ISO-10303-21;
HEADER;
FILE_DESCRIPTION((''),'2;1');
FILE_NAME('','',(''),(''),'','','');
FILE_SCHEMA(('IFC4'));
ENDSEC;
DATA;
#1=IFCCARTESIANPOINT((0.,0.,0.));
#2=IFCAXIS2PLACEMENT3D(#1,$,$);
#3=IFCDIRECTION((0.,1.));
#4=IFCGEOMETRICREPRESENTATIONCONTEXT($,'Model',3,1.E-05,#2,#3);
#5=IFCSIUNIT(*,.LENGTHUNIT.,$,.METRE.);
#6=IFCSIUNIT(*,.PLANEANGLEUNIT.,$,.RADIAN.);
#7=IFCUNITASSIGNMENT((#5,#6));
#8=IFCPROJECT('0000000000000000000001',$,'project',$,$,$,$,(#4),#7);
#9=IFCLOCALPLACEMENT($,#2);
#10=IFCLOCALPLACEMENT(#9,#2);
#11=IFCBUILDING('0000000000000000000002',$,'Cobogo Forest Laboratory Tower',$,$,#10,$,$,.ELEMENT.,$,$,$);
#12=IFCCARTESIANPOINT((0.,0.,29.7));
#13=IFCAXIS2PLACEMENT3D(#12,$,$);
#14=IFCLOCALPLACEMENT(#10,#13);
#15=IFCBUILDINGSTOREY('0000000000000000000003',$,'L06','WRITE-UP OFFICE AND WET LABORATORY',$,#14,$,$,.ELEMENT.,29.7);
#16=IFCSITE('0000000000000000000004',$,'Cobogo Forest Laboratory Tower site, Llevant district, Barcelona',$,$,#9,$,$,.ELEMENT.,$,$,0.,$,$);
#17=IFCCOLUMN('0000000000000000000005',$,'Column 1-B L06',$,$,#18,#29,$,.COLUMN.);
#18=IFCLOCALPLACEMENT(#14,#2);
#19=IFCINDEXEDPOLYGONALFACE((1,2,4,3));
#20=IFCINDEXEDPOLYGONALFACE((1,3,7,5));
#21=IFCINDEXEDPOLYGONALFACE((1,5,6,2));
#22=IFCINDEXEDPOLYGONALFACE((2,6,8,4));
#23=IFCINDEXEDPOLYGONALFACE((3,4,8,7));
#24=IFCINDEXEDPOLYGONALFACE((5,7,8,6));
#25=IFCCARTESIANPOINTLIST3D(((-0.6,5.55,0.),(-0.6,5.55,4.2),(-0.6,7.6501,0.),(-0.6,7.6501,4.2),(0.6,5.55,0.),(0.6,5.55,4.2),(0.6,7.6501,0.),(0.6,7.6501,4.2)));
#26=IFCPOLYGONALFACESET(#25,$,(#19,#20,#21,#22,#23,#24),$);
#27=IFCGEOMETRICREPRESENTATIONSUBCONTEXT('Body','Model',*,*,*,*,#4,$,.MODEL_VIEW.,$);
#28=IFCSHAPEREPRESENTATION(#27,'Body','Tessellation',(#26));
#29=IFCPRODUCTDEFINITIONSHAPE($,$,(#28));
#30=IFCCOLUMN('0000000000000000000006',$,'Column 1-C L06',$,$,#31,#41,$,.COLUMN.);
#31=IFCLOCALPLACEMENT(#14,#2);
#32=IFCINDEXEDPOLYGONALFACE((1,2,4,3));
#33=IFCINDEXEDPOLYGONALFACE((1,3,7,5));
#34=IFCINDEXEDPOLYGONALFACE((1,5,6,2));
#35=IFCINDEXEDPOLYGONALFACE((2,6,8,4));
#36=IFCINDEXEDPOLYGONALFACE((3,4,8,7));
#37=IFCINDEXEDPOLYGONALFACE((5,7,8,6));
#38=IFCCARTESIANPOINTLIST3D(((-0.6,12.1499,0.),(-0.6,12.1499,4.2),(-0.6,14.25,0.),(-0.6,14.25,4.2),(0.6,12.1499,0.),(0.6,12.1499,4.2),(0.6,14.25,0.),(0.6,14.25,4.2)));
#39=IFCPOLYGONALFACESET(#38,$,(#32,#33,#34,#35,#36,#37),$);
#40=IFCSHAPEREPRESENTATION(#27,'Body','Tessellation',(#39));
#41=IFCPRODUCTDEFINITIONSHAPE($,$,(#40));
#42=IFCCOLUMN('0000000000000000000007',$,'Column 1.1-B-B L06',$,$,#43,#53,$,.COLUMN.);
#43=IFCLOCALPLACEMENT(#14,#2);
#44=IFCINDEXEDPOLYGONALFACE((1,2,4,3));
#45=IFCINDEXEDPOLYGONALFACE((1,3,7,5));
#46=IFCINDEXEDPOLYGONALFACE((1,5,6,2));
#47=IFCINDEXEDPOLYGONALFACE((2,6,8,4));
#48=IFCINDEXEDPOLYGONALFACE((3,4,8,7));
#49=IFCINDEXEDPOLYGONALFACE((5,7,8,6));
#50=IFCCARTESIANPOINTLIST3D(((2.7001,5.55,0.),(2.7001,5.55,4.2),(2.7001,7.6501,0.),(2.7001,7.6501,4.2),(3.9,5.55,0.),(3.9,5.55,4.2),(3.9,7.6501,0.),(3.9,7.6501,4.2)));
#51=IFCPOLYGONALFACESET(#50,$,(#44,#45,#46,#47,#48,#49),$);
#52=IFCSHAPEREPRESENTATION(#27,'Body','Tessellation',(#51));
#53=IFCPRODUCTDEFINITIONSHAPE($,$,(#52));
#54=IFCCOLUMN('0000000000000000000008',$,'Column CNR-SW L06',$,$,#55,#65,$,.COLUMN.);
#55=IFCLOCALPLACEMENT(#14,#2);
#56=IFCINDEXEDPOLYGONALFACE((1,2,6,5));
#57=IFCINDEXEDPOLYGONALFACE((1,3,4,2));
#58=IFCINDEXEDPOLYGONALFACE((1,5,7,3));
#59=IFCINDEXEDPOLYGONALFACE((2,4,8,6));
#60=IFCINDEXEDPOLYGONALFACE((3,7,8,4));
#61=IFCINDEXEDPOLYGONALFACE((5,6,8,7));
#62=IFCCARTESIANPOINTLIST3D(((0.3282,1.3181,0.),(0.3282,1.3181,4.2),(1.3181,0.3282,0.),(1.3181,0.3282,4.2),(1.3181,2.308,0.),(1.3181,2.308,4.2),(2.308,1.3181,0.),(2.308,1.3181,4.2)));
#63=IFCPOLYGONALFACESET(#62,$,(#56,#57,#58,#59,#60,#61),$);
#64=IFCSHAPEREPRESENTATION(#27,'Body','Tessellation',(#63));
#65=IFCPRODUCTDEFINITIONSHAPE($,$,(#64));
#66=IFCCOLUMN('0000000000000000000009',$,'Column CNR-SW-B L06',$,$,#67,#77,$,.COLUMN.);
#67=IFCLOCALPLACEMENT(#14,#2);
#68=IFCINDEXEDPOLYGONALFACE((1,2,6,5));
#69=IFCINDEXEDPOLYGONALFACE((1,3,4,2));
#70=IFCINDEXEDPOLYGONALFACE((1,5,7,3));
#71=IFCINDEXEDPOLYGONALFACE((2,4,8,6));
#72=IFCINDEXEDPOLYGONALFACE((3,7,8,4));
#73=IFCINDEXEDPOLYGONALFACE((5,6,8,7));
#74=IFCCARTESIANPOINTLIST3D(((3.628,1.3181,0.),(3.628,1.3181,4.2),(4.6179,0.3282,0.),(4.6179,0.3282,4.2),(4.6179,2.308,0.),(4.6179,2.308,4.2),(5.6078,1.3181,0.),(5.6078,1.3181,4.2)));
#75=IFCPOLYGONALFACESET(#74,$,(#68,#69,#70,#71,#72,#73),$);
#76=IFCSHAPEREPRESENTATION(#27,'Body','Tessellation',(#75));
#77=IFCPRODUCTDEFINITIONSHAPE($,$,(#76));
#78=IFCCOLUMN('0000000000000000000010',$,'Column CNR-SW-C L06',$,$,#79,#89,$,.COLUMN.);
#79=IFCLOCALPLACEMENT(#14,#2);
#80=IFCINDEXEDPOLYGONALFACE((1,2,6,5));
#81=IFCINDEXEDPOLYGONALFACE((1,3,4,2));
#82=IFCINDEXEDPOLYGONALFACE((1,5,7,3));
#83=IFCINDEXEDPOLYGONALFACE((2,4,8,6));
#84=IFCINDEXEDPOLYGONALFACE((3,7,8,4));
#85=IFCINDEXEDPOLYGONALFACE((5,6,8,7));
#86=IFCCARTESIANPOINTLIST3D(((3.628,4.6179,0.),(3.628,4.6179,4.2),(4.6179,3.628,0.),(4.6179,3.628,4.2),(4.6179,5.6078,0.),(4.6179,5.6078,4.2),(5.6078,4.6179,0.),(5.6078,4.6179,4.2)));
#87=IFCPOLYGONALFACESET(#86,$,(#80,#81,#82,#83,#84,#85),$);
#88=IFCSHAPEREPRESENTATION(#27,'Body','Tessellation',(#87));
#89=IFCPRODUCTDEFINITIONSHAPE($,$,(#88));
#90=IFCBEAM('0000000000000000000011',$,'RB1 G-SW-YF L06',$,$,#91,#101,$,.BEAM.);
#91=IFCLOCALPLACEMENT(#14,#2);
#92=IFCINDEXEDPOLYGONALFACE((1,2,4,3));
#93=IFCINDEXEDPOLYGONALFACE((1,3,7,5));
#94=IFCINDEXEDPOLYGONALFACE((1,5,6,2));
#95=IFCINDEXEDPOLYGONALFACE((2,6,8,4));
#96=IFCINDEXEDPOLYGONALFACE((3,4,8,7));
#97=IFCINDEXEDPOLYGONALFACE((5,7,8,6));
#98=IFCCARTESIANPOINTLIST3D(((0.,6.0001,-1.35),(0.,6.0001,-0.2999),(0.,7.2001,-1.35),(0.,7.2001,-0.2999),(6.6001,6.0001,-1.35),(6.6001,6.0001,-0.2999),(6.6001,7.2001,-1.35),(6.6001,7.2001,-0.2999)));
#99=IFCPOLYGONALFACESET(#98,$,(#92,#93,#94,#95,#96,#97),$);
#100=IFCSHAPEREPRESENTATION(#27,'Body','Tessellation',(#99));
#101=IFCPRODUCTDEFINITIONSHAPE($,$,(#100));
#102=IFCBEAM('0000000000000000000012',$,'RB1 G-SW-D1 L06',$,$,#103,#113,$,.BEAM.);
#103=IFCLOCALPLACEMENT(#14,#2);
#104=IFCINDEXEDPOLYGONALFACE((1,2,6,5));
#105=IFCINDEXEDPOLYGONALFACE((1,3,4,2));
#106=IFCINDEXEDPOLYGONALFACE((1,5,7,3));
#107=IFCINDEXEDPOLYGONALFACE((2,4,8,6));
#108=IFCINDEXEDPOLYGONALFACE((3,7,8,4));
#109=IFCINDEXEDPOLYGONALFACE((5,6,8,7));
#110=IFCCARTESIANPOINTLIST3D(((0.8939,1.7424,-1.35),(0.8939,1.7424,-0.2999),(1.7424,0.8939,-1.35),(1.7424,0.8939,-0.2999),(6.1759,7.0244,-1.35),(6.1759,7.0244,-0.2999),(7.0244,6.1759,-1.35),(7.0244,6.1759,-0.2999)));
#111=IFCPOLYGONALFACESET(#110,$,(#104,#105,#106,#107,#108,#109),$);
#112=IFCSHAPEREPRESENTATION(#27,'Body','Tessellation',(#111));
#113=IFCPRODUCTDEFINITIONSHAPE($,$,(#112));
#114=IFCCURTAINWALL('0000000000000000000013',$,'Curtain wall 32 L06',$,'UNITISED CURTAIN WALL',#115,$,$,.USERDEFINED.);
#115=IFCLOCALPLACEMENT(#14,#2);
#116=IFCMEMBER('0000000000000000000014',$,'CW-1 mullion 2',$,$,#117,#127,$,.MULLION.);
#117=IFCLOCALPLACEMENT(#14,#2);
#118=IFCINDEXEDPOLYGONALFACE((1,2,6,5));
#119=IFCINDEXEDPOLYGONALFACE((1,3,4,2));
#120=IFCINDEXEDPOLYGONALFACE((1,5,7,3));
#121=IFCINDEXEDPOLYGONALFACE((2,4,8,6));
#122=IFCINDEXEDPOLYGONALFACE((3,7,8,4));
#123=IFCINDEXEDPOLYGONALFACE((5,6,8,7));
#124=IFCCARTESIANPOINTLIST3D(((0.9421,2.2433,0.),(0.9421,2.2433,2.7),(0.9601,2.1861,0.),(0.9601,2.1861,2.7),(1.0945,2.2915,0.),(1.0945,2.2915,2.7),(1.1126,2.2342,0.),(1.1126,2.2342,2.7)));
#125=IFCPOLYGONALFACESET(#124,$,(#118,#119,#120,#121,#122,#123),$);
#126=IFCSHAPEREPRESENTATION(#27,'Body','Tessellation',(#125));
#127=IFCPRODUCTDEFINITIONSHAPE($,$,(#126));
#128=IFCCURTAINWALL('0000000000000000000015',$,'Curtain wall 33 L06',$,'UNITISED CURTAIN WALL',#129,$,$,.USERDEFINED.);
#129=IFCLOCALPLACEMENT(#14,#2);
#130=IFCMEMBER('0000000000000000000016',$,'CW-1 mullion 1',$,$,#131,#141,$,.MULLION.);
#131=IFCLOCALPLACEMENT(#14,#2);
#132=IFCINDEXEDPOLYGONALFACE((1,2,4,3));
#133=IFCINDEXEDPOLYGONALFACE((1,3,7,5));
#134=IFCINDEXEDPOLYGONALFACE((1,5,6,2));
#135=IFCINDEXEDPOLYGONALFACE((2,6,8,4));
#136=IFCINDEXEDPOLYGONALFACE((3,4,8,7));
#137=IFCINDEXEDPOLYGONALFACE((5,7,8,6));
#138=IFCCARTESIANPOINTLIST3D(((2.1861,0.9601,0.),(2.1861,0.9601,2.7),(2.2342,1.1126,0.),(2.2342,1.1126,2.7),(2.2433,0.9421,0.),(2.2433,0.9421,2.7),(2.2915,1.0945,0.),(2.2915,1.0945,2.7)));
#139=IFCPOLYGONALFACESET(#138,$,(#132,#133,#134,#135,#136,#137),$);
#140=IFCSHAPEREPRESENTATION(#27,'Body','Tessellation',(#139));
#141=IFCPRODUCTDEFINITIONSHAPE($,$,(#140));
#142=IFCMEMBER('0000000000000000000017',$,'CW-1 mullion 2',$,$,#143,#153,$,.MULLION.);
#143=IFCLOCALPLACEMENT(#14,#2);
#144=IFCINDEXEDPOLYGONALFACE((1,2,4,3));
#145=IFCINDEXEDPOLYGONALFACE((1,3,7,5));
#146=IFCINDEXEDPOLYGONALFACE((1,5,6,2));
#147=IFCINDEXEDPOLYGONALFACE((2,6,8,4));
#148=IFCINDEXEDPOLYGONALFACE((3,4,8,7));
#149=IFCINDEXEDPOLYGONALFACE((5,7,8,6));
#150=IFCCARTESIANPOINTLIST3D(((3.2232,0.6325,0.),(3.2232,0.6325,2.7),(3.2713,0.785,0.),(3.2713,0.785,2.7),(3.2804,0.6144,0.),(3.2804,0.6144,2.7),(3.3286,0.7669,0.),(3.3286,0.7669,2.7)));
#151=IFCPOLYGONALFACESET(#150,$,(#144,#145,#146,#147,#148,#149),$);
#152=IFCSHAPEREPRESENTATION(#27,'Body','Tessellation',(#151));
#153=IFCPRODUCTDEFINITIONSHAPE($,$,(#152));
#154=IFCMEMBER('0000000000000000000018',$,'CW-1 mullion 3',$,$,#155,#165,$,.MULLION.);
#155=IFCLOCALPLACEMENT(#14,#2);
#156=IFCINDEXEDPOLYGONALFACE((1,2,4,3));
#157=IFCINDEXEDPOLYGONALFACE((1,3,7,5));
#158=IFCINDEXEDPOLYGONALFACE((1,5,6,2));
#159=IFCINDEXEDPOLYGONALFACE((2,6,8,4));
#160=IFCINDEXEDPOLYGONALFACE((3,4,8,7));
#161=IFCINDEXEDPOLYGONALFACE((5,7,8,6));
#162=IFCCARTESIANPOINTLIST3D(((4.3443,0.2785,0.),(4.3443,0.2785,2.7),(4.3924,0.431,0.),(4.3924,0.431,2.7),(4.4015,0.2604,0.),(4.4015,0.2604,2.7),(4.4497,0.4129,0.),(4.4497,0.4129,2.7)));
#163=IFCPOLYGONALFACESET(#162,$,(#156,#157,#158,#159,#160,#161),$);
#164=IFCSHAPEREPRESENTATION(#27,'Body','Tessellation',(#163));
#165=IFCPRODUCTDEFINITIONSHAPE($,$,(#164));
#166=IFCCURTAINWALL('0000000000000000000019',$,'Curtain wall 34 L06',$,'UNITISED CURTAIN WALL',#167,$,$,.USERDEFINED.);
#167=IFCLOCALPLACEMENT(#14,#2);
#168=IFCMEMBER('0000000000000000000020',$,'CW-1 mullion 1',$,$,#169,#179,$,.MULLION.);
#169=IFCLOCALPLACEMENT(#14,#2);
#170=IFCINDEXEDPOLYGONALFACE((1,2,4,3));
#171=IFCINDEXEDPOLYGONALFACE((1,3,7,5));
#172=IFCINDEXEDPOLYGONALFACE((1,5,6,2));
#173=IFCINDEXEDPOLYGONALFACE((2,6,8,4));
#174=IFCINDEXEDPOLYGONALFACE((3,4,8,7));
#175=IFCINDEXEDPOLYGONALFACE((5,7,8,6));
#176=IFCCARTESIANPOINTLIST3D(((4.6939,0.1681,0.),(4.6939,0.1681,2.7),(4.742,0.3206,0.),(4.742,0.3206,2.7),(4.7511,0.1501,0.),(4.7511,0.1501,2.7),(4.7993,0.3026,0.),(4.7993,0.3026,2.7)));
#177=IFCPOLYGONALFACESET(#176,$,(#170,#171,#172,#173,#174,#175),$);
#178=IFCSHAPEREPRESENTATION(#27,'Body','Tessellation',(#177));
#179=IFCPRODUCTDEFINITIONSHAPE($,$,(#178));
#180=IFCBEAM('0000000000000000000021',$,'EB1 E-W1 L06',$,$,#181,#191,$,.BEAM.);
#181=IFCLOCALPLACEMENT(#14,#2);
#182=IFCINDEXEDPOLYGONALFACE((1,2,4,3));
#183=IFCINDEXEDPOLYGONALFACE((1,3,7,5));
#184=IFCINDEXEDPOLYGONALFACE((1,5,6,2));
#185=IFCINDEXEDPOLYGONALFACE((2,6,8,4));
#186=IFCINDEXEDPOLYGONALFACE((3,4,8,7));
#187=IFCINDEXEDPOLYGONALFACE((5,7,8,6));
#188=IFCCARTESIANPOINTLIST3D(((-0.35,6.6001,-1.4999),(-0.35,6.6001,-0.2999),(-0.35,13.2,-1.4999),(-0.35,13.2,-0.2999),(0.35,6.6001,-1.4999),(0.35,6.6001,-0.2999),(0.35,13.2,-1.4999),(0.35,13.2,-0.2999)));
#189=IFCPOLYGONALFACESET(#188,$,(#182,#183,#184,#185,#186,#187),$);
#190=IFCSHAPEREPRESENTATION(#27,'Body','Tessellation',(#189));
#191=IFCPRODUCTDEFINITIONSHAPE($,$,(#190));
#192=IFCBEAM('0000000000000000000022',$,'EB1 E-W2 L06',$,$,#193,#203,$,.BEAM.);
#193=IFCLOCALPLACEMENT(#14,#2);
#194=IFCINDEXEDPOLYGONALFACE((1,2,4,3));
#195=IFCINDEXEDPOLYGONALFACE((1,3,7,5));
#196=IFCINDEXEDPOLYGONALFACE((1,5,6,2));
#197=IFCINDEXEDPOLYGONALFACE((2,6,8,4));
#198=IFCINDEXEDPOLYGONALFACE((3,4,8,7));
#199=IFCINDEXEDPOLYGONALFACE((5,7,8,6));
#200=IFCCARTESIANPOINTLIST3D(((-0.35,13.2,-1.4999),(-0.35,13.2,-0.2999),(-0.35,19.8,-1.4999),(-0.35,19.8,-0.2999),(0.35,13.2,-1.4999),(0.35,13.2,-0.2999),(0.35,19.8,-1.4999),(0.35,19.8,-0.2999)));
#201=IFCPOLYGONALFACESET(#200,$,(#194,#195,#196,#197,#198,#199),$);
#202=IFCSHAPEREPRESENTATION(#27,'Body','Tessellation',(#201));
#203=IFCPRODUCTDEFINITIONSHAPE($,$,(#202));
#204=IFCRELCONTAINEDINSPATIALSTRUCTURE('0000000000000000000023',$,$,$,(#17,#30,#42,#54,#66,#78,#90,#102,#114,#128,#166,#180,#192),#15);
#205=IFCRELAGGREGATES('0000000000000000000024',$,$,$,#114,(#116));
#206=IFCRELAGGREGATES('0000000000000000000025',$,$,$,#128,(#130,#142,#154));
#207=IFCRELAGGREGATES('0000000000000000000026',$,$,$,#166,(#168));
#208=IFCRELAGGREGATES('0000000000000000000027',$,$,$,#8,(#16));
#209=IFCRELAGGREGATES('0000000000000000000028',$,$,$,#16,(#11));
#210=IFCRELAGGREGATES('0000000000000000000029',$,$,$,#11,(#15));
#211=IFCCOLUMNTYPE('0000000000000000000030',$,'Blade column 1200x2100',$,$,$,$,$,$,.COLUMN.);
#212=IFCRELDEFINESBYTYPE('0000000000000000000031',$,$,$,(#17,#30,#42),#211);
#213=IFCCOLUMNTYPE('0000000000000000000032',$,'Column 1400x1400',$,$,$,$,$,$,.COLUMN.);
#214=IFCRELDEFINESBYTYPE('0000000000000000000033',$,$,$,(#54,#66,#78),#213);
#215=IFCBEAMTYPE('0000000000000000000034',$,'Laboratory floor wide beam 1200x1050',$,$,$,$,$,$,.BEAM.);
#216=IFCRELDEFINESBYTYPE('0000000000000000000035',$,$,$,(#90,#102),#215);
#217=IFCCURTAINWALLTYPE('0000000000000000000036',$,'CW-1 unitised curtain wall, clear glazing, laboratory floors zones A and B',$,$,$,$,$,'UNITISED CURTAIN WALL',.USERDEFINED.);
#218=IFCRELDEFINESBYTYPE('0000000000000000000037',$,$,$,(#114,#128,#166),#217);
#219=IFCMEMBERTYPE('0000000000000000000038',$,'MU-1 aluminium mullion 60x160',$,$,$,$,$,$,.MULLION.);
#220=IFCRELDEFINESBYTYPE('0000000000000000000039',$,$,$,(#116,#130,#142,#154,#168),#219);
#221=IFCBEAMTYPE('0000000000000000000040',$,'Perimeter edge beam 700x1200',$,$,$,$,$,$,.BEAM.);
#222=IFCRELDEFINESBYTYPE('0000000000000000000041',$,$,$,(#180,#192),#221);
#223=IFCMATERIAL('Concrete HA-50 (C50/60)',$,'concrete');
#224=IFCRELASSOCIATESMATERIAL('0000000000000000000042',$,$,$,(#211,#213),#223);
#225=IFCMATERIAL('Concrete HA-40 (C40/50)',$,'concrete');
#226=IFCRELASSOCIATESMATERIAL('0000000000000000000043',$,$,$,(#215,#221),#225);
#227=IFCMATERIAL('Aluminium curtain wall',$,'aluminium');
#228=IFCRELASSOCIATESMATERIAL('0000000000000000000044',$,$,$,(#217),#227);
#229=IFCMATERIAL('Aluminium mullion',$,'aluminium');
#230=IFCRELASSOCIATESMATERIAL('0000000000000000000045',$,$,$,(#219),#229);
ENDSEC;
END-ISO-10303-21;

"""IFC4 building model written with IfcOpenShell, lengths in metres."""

from ifc_helpers import new_model, si_unit, direction, frame, origin, origin_2d, place, context, subcontext, project, spatial, rectangle, extrude, material, material_profile, profile_set, type_object, element, aggregate, save


model = new_model("IFC4")

# Units and contexts
model_context = context("Model", 3, precision=1e-05, world=origin(), true_north=direction((0.0, 1.0)))
body_context = subcontext(model_context, "Body", "Model", "MODEL_VIEW")
ifc_project = project(units=[si_unit("LENGTHUNIT", "METRE"), si_unit("PLANEANGLEUNIT", "RADIAN")], contexts=[model_context])

# Site, building, storey
site_placement = place(None, origin())
site = spatial("IfcSite", under=ifc_project, at=site_placement, Name="Cobogo Forest Laboratory Tower site, Llevant district, Barcelona", CompositionType="ELEMENT", RefElevation=0.0)
building_placement = place(site_placement, origin())
building = spatial("IfcBuilding", under=site, at=building_placement, Name="Cobogo Forest Laboratory Tower", CompositionType="ELEMENT")
storey_placement = place(building_placement, frame((0.0, 0.0, 29.7)))
storey = spatial("IfcBuildingStorey", under=building, at=storey_placement, Name="L06", Description="WRITE-UP OFFICE AND WET LABORATORY", CompositionType="ELEMENT", Elevation=29.7)

# Columns
ifc_material_1 = material(Name="Concrete HA-50 (C50/60)", Category="concrete")
ifc_material_profile_1 = material_profile(ifc_material_1, rectangle(XDim=2.1001, YDim=1.2, at=origin_2d()), Name="RC 1200x2100")
ifc_profile_set_1 = profile_set([ifc_material_profile_1], Name="Concrete HA-50 (C50/60)")
column_type_1 = type_object("IfcColumnType", Name="Blade column 1200x2100", PredefinedType="COLUMN", material=ifc_profile_set_1)
for number, where, z_axis, x_axis, name in (
    (1, (0.0, 6.6001, 0.0), (0.0, 0.0, 1.0), (0.0, 1.0, 0.0), "Column 1-B L06"),
    (2, (0.0, 13.2, 0.0), (0.0, 0.0, 1.0), (0.0, 1.0, 0.0), "Column 1-C L06"),
    (3, (3.3, 6.6001, 0.0), (0.0, 0.0, 1.0), (0.0, 1.0, 0.0), "Column 1.1-B-B L06"),
):
    element("IfcColumn", number, at=place(storey_placement, frame(where, z_axis=z_axis, x_axis=x_axis)), inside=storey, type_object=column_type_1, Name=name, PredefinedType="COLUMN", context=body_context, shape_type="SweptSolid", body=[
        extrude(rectangle(XDim=2.1001, YDim=1.2, at=origin_2d()), origin(), (0.0, 0.0, 1.0), 4.2),
    ])
ifc_material_profile_2 = material_profile(ifc_material_1, rectangle(XDim=1.3999, YDim=1.3999, at=origin_2d()), Name="RC 1400x1400")
ifc_profile_set_2 = profile_set([ifc_material_profile_2], Name="Concrete HA-50 (C50/60)")
column_type_2 = type_object("IfcColumnType", Name="Column 1400x1400", PredefinedType="COLUMN", material=ifc_profile_set_2)
for number, where, z_axis, x_axis, name in (
    (4, (1.3181, 1.3181, 0.0), (0.0, 0.0, 1.0), (0.707107, 0.707107, 0.0), "Column CNR-SW L06"),
    (5, (4.6179, 1.3181, 0.0), (0.0, 0.0, 1.0), (0.707107, 0.707107, 0.0), "Column CNR-SW-B L06"),
    (6, (4.6179, 4.6179, 0.0), (0.0, 0.0, 1.0), (0.707107, 0.707107, 0.0), "Column CNR-SW-C L06"),
):
    element("IfcColumn", number, at=place(storey_placement, frame(where, z_axis=z_axis, x_axis=x_axis)), inside=storey, type_object=column_type_2, Name=name, PredefinedType="COLUMN", context=body_context, shape_type="SweptSolid", body=[
        extrude(rectangle(XDim=1.3999, YDim=1.3999, at=origin_2d()), origin(), (0.0, 0.0, 1.0), 4.2),
    ])

# Beams
ifc_material_2 = material(Name="Concrete HA-40 (C40/50)", Category="concrete")
ifc_material_profile_3 = material_profile(ifc_material_2, rectangle(XDim=1.2, YDim=1.05, at=origin_2d()), Name="RC 1200x1050")
ifc_profile_set_3 = profile_set([ifc_material_profile_3], Name="Concrete HA-40 (C40/50)")
beam_type_1 = type_object("IfcBeamType", Name="Laboratory floor wide beam 1200x1050", PredefinedType="BEAM", material=ifc_profile_set_3)
beam_1_placement = place(storey_placement, frame((0.0, 6.6001, -0.825), z_axis=(1.0, 0.0, 0.0), x_axis=(0.0, 1.0, 0.0)))
element("IfcBeam", 7, at=beam_1_placement, inside=storey, type_object=beam_type_1, Name="RB1 G-SW-YF L06", PredefinedType="BEAM", context=body_context, shape_type="SweptSolid", body=[
    extrude(rectangle(XDim=1.2, YDim=1.05, at=origin_2d()), origin(), (0.0, 0.0, 1.0), 6.6001),
])
beam_2_placement = place(storey_placement, frame((1.3181, 1.3181, -0.825), z_axis=(0.707107, 0.707107, 0.0), x_axis=(-0.707107, 0.707107, 0.0)))
element("IfcBeam", 8, at=beam_2_placement, inside=storey, type_object=beam_type_1, Name="RB1 G-SW-D1 L06", PredefinedType="BEAM", context=body_context, shape_type="SweptSolid", body=[
    extrude(rectangle(XDim=1.2, YDim=1.05, at=origin_2d()), origin(), (0.0, 0.0, 1.0), 7.47),
])

# Curtain wall, member
ifc_material_3 = material(Name="Aluminium curtain wall", Category="aluminium")
curtain_wall_type = type_object("IfcCurtainWallType", Name="CW-1 unitised curtain wall, clear glazing, laboratory floors zones A and B", ElementType="UNITISED CURTAIN WALL", PredefinedType="USERDEFINED", material=ifc_material_3)
curtain_wall_1_placement = place(storey_placement, origin())
curtain_wall_1 = element("IfcCurtainWall", 9, at=curtain_wall_1_placement, inside=storey, type_object=curtain_wall_type, Name="Curtain wall 32 L06", ObjectType="UNITISED CURTAIN WALL", PredefinedType="USERDEFINED")
ifc_material_4 = material(Name="Aluminium mullion", Category="aluminium")
ifc_material_profile_4 = material_profile(ifc_material_4, rectangle(XDim=0.0601, YDim=0.1599, at=origin_2d()), Name="AL 60x160")
ifc_profile_set_4 = profile_set([ifc_material_profile_4], Name="Aluminium mullion")
member_type_1 = type_object("IfcMemberType", Name="MU-1 aluminium mullion 60x160", PredefinedType="MULLION", material=ifc_profile_set_4)
member_1_placement = place(storey_placement, frame((1.0273, 2.2388, 0.0), z_axis=(0.0, 0.0, 1.0), x_axis=(0.301135, -0.953581, 0.0)))
member_1 = element("IfcMember", 10, at=member_1_placement, type_object=member_type_1, Name="CW-1 mullion 2", PredefinedType="MULLION", context=body_context, shape_type="SweptSolid", body=[
    extrude(rectangle(XDim=0.0601, YDim=0.1599, at=origin_2d()), origin(), (0.0, 0.0, 1.0), 2.7),
])

# Curtain wall, members
curtain_wall_2_placement = place(storey_placement, origin())
curtain_wall_2 = element("IfcCurtainWall", 11, at=curtain_wall_2_placement, inside=storey, type_object=curtain_wall_type, Name="Curtain wall 33 L06", ObjectType="UNITISED CURTAIN WALL", PredefinedType="USERDEFINED")
member_2_placement = place(storey_placement, frame((2.2388, 1.0273, 0.0), z_axis=(0.0, 0.0, 1.0), x_axis=(0.953581, -0.301135, 0.0)))
member_2 = element("IfcMember", 12, at=member_2_placement, type_object=member_type_1, Name="CW-1 mullion 1", PredefinedType="MULLION", context=body_context, shape_type="SweptSolid", body=[
    extrude(rectangle(XDim=0.0601, YDim=0.1599, at=origin_2d()), origin(), (0.0, 0.0, 1.0), 2.7),
])
member_3_placement = place(storey_placement, frame((3.2759, 0.6997, 0.0), z_axis=(0.0, 0.0, 1.0), x_axis=(0.953581, -0.301135, 0.0)))
member_3 = element("IfcMember", 13, at=member_3_placement, type_object=member_type_1, Name="CW-1 mullion 2", PredefinedType="MULLION", context=body_context, shape_type="SweptSolid", body=[
    extrude(rectangle(XDim=0.0601, YDim=0.1599, at=origin_2d()), origin(), (0.0, 0.0, 1.0), 2.7),
])
member_4_placement = place(storey_placement, frame((4.397, 0.3457, 0.0), z_axis=(0.0, 0.0, 1.0), x_axis=(0.953581, -0.301135, 0.0)))
member_4 = element("IfcMember", 14, at=member_4_placement, type_object=member_type_1, Name="CW-1 mullion 3", PredefinedType="MULLION", context=body_context, shape_type="SweptSolid", body=[
    extrude(rectangle(XDim=0.0601, YDim=0.1599, at=origin_2d()), origin(), (0.0, 0.0, 1.0), 2.7),
])

# Curtain wall, member
curtain_wall_3_placement = place(storey_placement, origin())
curtain_wall_3 = element("IfcCurtainWall", 15, at=curtain_wall_3_placement, inside=storey, type_object=curtain_wall_type, Name="Curtain wall 34 L06", ObjectType="UNITISED CURTAIN WALL", PredefinedType="USERDEFINED")
member_5_placement = place(storey_placement, frame((4.7466, 0.2354, 0.0), z_axis=(0.0, 0.0, 1.0), x_axis=(0.953582, -0.301135, 0.0)))
member_5 = element("IfcMember", 16, at=member_5_placement, type_object=member_type_1, Name="CW-1 mullion 1", PredefinedType="MULLION", context=body_context, shape_type="SweptSolid", body=[
    extrude(rectangle(XDim=0.0601, YDim=0.1599, at=origin_2d()), origin(), (0.0, 0.0, 1.0), 2.7),
])

# Beams
ifc_material_profile_5 = material_profile(ifc_material_2, rectangle(XDim=0.7, YDim=1.2, at=origin_2d()), Name="RC 700x1200")
ifc_profile_set_5 = profile_set([ifc_material_profile_5], Name="Concrete HA-40 (C40/50)")
beam_type_2 = type_object("IfcBeamType", Name="Perimeter edge beam 700x1200", PredefinedType="BEAM", material=ifc_profile_set_5)
beam_3_placement = place(storey_placement, frame((0.0, 6.6001, -0.8999), z_axis=(0.0, 1.0, 0.0), x_axis=(-1.0, 0.0, 0.0)))
element("IfcBeam", 17, at=beam_3_placement, inside=storey, type_object=beam_type_2, Name="EB1 E-W1 L06", PredefinedType="BEAM", context=body_context, shape_type="SweptSolid", body=[
    extrude(rectangle(XDim=0.7, YDim=1.2, at=origin_2d()), origin(), (0.0, 0.0, 1.0), 6.5999),
])
beam_4_placement = place(storey_placement, frame((0.0, 13.2, -0.8999), z_axis=(0.0, 1.0, 0.0), x_axis=(-1.0, 0.0, 0.0)))
element("IfcBeam", 18, at=beam_4_placement, inside=storey, type_object=beam_type_2, Name="EB1 E-W2 L06", PredefinedType="BEAM", context=body_context, shape_type="SweptSolid", body=[
    extrude(rectangle(XDim=0.7, YDim=1.2, at=origin_2d()), origin(), (0.0, 0.0, 1.0), 6.6001),
])

aggregate(curtain_wall_1, [member_1])
aggregate(curtain_wall_2, [member_2, member_3, member_4])
aggregate(curtain_wall_3, [member_5])

save(model, "model.ifc")
